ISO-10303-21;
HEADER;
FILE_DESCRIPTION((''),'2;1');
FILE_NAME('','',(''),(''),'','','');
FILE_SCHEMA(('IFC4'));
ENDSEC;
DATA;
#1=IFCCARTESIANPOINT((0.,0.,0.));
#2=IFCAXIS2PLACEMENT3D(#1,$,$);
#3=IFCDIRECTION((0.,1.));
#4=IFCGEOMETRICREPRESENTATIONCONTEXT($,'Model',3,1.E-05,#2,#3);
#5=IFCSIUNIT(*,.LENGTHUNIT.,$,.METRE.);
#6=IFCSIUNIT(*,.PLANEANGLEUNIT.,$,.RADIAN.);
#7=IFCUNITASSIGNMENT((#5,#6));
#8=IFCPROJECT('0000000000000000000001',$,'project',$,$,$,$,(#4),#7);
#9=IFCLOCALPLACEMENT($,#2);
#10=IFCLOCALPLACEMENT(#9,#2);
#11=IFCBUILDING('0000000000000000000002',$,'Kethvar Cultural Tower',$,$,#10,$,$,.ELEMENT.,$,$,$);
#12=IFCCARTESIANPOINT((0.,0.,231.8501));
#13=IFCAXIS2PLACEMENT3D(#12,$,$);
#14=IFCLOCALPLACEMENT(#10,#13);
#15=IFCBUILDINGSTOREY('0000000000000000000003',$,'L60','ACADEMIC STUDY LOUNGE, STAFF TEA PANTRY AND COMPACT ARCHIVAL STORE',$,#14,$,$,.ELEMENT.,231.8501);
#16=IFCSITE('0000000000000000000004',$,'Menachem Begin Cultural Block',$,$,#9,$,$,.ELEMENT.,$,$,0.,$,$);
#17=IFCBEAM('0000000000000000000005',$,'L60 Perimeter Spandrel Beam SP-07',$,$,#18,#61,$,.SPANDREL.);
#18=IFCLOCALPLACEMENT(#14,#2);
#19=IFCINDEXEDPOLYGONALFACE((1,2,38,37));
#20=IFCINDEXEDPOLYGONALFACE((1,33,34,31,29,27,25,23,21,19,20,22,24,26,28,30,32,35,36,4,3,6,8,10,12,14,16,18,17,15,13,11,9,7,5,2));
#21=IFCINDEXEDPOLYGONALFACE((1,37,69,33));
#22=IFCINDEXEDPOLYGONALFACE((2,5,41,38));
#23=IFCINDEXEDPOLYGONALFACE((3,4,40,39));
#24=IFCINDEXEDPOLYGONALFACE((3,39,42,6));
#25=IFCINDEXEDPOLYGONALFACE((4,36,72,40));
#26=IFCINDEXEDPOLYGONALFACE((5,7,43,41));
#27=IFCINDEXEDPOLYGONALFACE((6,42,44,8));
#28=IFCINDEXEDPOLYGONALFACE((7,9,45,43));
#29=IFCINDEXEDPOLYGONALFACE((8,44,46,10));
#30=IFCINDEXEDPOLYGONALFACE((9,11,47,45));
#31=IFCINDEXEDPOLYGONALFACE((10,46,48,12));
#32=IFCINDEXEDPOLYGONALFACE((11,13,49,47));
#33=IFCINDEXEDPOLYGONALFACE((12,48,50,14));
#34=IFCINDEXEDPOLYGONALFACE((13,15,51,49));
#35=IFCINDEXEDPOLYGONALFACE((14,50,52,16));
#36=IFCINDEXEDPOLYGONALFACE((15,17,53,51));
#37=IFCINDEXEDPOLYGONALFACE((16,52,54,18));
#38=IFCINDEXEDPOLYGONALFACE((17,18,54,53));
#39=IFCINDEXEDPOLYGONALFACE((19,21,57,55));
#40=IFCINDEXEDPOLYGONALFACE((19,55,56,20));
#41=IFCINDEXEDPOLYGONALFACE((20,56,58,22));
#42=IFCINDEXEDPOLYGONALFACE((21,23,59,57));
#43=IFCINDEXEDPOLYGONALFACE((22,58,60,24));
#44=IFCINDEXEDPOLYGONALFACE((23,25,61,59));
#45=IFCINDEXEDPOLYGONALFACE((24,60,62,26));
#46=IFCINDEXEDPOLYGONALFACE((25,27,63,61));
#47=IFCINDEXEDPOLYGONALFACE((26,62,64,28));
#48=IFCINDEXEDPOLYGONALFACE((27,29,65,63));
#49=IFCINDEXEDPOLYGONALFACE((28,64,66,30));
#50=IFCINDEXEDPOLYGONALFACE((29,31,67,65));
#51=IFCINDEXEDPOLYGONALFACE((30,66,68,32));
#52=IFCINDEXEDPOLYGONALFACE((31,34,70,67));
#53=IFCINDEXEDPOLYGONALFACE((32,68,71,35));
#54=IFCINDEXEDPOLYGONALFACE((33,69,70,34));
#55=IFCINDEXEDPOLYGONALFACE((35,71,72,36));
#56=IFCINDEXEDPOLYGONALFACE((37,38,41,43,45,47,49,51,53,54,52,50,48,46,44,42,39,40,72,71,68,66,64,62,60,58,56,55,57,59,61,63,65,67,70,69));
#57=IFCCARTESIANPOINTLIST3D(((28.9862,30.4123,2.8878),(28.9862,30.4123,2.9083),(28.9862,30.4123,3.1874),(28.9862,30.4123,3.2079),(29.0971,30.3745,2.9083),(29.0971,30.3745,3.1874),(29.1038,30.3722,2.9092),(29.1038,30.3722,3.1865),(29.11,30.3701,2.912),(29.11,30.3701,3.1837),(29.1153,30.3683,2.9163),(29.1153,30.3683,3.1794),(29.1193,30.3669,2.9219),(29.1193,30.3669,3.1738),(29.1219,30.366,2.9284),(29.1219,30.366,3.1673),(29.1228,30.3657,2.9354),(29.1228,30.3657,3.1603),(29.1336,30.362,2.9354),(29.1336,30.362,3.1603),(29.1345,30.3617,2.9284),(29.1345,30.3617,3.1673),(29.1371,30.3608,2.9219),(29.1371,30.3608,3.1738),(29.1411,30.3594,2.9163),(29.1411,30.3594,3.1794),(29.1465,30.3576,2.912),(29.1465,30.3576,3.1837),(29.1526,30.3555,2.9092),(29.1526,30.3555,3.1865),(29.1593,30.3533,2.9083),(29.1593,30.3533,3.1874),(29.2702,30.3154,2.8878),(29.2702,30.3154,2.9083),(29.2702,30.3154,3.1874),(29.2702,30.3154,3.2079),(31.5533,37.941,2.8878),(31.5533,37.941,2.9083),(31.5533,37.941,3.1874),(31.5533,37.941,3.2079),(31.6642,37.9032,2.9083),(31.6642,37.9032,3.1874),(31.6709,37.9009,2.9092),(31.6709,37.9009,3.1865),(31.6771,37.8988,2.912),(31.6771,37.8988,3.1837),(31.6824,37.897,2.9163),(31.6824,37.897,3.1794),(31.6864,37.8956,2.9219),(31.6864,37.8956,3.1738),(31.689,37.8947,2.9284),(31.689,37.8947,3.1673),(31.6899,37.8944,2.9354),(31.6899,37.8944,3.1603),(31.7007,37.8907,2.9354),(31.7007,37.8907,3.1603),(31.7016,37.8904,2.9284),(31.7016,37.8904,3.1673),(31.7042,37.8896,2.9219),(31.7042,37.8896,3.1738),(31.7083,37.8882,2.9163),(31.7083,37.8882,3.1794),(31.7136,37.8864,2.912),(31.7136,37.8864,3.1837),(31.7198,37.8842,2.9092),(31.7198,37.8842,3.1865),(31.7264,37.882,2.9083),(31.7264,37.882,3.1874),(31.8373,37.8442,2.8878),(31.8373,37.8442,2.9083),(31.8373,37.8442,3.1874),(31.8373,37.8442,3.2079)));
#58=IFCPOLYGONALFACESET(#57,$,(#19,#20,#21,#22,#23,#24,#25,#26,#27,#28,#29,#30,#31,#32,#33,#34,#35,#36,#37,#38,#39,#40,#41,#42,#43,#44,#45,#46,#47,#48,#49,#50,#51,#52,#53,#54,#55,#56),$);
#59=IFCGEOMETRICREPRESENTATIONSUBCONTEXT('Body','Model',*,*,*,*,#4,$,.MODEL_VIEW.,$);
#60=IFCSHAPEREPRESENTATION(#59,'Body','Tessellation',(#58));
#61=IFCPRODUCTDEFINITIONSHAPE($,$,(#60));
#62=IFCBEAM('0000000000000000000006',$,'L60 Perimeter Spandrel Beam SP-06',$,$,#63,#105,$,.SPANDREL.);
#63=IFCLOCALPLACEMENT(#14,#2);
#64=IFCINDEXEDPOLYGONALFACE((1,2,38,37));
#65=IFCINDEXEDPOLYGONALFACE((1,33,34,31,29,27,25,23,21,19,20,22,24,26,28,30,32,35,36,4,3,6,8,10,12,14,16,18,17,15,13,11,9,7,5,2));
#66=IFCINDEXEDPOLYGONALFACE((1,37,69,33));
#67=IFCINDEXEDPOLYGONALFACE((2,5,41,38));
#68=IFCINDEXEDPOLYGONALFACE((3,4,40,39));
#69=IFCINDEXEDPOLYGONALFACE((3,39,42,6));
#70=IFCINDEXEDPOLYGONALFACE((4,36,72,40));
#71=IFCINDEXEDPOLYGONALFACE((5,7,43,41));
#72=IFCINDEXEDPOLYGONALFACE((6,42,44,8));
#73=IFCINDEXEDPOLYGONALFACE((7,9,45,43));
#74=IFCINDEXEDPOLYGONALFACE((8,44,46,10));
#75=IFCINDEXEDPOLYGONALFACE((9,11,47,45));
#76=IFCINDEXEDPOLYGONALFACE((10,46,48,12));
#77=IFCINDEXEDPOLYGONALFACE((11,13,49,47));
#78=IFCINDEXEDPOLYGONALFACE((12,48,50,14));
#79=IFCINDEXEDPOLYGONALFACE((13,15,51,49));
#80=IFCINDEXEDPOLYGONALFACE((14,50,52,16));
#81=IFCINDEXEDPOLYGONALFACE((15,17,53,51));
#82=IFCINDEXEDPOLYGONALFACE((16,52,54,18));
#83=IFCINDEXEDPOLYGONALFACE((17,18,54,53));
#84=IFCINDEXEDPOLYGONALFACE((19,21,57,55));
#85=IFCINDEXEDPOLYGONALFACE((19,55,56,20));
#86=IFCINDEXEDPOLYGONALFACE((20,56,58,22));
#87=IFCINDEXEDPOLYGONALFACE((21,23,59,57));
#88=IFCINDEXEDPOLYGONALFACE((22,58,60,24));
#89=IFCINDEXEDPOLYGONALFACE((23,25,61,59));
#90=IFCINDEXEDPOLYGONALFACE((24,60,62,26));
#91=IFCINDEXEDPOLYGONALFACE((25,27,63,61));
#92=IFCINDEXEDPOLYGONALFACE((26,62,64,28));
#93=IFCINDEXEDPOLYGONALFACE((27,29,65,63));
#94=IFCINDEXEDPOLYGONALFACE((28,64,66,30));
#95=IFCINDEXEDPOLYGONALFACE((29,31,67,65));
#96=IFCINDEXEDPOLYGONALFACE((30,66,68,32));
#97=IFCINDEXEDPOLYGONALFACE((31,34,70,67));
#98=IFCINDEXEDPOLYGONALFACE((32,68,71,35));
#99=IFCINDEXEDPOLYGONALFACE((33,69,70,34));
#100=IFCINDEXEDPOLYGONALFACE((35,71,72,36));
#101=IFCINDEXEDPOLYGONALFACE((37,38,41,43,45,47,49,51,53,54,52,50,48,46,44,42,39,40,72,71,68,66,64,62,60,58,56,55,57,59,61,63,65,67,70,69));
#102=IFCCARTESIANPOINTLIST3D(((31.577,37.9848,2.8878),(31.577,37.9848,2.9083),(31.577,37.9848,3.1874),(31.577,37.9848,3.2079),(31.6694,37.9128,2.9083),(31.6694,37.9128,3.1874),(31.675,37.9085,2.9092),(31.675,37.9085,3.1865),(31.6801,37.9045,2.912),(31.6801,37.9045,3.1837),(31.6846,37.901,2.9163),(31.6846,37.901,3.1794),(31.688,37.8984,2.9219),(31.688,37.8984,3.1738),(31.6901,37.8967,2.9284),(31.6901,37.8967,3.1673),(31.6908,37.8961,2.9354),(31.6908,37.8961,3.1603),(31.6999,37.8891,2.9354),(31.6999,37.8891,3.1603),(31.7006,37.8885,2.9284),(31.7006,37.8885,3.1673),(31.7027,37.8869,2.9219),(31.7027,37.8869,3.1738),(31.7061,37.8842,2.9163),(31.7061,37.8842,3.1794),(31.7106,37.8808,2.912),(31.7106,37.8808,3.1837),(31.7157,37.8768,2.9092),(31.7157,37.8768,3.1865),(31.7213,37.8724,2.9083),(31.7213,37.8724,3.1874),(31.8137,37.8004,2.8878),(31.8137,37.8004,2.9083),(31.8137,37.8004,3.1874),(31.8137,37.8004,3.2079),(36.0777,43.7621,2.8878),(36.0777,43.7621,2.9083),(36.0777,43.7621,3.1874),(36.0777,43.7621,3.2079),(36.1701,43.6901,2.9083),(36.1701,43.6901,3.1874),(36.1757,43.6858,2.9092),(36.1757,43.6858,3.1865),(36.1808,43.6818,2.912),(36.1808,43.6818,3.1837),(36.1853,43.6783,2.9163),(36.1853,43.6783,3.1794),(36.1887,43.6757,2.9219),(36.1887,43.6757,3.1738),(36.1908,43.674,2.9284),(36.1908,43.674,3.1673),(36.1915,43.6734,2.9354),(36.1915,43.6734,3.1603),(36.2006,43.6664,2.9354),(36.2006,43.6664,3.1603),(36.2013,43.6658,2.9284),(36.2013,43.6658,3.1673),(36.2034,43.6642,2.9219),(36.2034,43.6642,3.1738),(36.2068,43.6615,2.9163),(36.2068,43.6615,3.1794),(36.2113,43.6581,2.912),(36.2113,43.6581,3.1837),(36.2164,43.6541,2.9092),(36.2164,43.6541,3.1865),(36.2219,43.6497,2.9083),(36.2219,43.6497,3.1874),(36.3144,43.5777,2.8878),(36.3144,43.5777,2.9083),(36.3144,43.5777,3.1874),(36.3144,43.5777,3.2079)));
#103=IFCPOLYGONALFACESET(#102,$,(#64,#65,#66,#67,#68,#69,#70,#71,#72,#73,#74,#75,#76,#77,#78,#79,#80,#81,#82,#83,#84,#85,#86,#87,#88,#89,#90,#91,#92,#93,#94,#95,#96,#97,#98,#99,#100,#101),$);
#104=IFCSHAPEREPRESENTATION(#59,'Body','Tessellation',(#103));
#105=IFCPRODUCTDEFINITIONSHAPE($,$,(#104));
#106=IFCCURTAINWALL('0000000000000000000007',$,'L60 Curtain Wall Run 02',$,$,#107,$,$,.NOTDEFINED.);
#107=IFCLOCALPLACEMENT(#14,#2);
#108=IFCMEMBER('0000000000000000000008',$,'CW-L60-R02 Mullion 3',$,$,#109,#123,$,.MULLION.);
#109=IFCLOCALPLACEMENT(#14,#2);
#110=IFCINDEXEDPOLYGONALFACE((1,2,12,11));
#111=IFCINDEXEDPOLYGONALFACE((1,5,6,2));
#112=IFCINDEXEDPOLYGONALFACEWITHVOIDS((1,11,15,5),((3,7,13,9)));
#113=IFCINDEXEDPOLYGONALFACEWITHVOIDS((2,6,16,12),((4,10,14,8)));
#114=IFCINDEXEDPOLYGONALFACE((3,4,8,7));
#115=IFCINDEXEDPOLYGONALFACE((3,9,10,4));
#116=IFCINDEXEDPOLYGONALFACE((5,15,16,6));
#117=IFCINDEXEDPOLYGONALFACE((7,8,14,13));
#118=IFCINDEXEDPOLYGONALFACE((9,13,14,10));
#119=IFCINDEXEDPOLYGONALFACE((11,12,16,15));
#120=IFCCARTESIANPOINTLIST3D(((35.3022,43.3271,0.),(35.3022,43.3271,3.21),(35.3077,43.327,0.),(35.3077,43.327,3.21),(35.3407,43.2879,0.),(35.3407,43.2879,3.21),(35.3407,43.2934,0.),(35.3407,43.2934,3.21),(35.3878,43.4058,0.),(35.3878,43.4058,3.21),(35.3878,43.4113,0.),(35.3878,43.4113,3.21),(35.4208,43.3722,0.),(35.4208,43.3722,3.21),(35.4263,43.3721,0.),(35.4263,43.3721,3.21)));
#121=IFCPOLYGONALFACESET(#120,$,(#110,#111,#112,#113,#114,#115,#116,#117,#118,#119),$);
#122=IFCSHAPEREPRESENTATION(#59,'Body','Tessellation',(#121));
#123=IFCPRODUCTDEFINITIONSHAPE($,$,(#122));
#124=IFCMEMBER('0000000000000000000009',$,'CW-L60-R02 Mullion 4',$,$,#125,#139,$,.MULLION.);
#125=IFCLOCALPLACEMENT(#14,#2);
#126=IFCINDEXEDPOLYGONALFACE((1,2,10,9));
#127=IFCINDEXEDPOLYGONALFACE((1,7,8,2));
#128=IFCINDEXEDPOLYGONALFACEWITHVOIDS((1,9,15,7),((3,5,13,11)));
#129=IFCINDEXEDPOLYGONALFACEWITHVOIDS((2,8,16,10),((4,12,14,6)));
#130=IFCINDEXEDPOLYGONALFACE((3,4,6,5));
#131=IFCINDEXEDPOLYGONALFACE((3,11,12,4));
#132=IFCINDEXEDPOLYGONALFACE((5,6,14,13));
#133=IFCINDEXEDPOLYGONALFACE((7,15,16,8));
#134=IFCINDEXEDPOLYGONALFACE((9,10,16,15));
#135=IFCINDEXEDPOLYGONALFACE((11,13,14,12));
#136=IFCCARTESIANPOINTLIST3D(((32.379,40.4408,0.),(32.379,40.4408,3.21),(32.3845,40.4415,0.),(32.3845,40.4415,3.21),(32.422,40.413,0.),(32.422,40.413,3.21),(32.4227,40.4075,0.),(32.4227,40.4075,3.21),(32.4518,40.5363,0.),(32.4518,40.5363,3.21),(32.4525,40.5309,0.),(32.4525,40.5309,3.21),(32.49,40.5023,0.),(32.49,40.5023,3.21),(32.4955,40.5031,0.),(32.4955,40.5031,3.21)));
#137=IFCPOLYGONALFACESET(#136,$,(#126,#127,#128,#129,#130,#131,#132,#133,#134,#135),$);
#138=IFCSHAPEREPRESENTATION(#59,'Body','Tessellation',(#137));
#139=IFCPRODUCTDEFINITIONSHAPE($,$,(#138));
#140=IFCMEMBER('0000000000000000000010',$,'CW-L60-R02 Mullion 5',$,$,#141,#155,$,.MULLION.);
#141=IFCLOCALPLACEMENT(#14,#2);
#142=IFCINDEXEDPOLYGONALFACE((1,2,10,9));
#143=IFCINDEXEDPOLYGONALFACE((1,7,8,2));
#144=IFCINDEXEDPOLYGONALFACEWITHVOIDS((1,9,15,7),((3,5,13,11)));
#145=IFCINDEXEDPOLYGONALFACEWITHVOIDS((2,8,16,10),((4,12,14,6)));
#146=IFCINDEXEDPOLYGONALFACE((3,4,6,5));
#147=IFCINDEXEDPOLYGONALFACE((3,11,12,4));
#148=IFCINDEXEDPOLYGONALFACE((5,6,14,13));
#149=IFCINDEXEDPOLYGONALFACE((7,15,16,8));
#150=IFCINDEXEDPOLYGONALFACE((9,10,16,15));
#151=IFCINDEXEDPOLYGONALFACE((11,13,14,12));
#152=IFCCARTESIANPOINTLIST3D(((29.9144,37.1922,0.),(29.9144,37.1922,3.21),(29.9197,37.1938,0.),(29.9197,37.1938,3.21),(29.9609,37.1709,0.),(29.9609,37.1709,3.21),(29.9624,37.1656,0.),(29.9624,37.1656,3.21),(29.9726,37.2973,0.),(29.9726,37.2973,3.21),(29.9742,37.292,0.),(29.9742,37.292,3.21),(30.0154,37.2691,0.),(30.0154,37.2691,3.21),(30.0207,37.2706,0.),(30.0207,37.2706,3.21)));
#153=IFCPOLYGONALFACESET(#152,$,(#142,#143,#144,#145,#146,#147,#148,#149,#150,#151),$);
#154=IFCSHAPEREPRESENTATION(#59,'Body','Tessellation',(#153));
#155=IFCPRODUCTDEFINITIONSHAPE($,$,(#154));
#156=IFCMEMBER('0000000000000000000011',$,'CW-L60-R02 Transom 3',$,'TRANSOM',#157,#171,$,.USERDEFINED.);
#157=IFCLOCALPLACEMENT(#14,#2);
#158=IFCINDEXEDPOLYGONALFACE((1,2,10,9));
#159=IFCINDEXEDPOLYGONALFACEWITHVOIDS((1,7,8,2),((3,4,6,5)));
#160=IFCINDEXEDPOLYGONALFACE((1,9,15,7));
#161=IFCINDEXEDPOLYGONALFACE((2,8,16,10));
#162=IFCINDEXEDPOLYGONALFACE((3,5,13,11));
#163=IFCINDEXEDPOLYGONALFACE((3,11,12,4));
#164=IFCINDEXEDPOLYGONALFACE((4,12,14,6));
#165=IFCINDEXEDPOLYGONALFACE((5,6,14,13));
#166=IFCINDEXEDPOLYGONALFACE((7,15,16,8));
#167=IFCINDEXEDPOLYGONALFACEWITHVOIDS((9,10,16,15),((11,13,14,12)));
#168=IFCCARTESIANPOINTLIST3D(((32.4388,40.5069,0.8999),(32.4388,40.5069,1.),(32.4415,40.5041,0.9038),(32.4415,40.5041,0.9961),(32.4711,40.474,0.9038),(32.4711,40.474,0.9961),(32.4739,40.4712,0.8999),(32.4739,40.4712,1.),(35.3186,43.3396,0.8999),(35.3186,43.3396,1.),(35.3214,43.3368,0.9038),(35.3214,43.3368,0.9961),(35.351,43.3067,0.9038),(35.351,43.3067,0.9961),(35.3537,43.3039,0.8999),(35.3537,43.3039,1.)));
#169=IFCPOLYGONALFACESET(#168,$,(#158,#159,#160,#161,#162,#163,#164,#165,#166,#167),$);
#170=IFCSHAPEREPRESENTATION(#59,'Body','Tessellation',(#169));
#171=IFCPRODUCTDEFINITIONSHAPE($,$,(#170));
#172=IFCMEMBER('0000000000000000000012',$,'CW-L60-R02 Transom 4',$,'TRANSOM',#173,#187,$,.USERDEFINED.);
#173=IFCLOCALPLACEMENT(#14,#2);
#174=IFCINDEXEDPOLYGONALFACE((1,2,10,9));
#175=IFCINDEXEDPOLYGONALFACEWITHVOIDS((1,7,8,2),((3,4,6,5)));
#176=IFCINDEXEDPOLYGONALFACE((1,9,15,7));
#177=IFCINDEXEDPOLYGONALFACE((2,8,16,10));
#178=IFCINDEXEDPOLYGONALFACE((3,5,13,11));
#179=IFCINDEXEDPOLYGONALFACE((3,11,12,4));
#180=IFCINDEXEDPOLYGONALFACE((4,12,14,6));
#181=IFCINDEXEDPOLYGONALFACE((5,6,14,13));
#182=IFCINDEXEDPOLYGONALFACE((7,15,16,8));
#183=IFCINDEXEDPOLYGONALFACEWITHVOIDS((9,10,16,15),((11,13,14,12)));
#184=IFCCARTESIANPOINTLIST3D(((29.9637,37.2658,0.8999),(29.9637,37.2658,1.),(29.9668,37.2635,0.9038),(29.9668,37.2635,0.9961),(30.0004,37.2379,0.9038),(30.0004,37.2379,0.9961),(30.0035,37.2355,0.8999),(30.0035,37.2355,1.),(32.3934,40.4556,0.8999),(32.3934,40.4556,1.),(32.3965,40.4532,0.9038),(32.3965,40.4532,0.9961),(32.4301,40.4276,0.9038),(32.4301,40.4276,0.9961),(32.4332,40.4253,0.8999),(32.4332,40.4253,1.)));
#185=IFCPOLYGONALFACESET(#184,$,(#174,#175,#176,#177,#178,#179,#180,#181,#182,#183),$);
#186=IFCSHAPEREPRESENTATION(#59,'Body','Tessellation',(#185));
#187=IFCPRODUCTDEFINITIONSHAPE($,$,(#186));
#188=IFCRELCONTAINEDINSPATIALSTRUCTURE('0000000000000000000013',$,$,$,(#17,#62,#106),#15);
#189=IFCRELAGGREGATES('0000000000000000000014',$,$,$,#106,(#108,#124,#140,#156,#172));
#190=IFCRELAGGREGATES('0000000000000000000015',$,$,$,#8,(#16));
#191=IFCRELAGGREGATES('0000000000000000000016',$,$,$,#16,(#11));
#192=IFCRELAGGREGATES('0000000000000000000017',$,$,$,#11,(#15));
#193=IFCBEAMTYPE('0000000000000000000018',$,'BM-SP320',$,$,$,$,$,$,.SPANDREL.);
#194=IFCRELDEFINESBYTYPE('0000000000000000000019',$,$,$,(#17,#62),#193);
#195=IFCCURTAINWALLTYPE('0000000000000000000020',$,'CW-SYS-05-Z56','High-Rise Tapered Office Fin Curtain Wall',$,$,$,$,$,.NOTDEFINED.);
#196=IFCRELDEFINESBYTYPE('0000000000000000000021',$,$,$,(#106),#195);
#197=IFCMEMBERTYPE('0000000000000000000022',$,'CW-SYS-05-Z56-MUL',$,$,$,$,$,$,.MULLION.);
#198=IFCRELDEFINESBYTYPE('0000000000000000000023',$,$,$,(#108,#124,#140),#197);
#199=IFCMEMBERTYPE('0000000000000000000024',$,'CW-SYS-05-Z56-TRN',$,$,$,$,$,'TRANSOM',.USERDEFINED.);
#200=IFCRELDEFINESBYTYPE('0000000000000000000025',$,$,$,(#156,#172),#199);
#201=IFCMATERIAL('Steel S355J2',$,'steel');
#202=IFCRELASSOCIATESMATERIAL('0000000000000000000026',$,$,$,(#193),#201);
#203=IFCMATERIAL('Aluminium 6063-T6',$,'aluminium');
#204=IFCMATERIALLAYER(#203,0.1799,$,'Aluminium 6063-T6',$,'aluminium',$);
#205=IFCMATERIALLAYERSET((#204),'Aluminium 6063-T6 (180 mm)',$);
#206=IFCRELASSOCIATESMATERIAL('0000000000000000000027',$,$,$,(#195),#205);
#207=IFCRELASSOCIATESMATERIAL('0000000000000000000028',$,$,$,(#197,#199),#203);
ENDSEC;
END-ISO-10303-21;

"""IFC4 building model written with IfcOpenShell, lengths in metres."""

from ifc_helpers import new_model, si_unit, direction, frame, origin, origin_2d, place, context, subcontext, project, spatial, hollow_rectangle, i_section, extrude, source, transform, mapped, material, layer, layer_set, material_profile, profile_set, type_object, element, aggregate, save


model = new_model("IFC4")

# Units and contexts
model_context = context("Model", 3, precision=1e-05, world=origin(), true_north=direction((0.0, 1.0)))
body_context = subcontext(model_context, "Body", "Model", "MODEL_VIEW")
ifc_project = project(units=[si_unit("LENGTHUNIT", "METRE"), si_unit("PLANEANGLEUNIT", "RADIAN")], contexts=[model_context])

# Site, building, storey
site_placement = place(None, origin())
site = spatial("IfcSite", under=ifc_project, at=site_placement, Name="Menachem Begin Cultural Block", CompositionType="ELEMENT", RefElevation=0.0)
building_placement = place(site_placement, origin())
building = spatial("IfcBuilding", under=site, at=building_placement, Name="Kethvar Cultural Tower", CompositionType="ELEMENT")
storey_placement = place(building_placement, frame((0.0, 0.0, 231.8501)))
storey = spatial("IfcBuildingStorey", under=building, at=storey_placement, Name="L60", Description="ACADEMIC STUDY LOUNGE, STAFF TEA PANTRY AND COMPACT ARCHIVAL STORE", CompositionType="ELEMENT", Elevation=231.8501)

# Beams
ifc_material_1 = material(Name="Steel S355J2", Category="steel")
ifc_material_profile_1 = material_profile(ifc_material_1, i_section(OverallWidth=0.3, OverallDepth=0.3201, WebThickness=0.0115, FlangeThickness=0.0205, FilletRadius=0.0271, at=origin_2d()), Name="Steel S355J2 — HEB320")
ifc_profile_set_1 = profile_set([ifc_material_profile_1], Name="Steel S355J2 — HEB320")
beam_type_1 = type_object("IfcBeamType", Name="BM-SP320", PredefinedType="SPANDREL", material=ifc_profile_set_1)
shared_shape_1 = source(origin(), body_context, "Body", "SweptSolid", [
    extrude(i_section(OverallWidth=0.3, OverallDepth=0.3201, WebThickness=0.0115, FlangeThickness=0.0205, FilletRadius=0.0271, at=origin_2d()), origin(), (0.0, 0.0, 1.0), 7.9543),
])
beam_1_placement = place(storey_placement, frame((31.6953, 37.8926, 3.0479), z_axis=(-0.32273, -0.946491, 0.0), x_axis=(0.946491, -0.32273, 0.0)))
element("IfcBeam", 1, at=beam_1_placement, inside=storey, type_object=beam_type_1, Name="L60 Perimeter Spandrel Beam SP-07", PredefinedType="SPANDREL", context=body_context, shape_type="MappedRepresentation", body=[
    mapped(shared_shape_1, transform((0.0, 0.0, 0.0), scale=1.0)),
])
shared_shape_2 = source(origin(), body_context, "Body", "SweptSolid", [
    extrude(i_section(OverallWidth=0.3, OverallDepth=0.3201, WebThickness=0.0115, FlangeThickness=0.0205, FilletRadius=0.0271, at=origin_2d()), origin(), (0.0, 0.0, 1.0), 7.3235),
])
beam_2_placement = place(storey_placement, frame((36.196, 43.6699, 3.0479), z_axis=(-0.614557, -0.788873, 0.0), x_axis=(0.788873, -0.614557, 0.0)))
element("IfcBeam", 2, at=beam_2_placement, inside=storey, type_object=beam_type_1, Name="L60 Perimeter Spandrel Beam SP-06", PredefinedType="SPANDREL", context=body_context, shape_type="MappedRepresentation", body=[
    mapped(shared_shape_2, transform((0.0, 0.0, 0.0), scale=1.0)),
])

# Curtain wall, members
ifc_material_2 = material(Name="Aluminium 6063-T6", Category="aluminium")
ifc_layer_1 = layer(ifc_material_2, 0.1799, Name="Aluminium 6063-T6", Category="aluminium")
ifc_layer_set_1 = layer_set([ifc_layer_1], Name="Aluminium 6063-T6 (180 mm)")
curtain_wall_type = type_object("IfcCurtainWallType", Name="CW-SYS-05-Z56", Description="High-Rise Tapered Office Fin Curtain Wall", PredefinedType="NOTDEFINED", material=ifc_layer_set_1)
curtain_wall_placement = place(storey_placement, origin())
curtain_wall = element("IfcCurtainWall", 3, at=curtain_wall_placement, inside=storey, type_object=curtain_wall_type, Name="L60 Curtain Wall Run 02", PredefinedType="NOTDEFINED")
ifc_material_profile_2 = material_profile(ifc_material_2, hollow_rectangle(XDim=0.0549, YDim=0.1201, WallThickness=0.0039, at=origin_2d()), Name="Aluminium 6063-T6 — RHS120x55x4")
ifc_profile_set_2 = profile_set([ifc_material_profile_2], Name="Aluminium 6063-T6 — RHS120x55x4")
member_type_1 = type_object("IfcMemberType", Name="CW-SYS-05-Z56-MUL", PredefinedType="MULLION", material=ifc_profile_set_2)
shared_shape_3 = source(origin(), body_context, "Body", "SweptSolid", [
    extrude(hollow_rectangle(XDim=0.0549, YDim=0.1201, WallThickness=0.0039, at=origin_2d()), origin(), (0.0, 0.0, 1.0), 3.21),
])
member_1_placement = place(storey_placement, frame((35.3643, 43.3496, 0.0), z_axis=(0.0, 0.0, 1.0), x_axis=(0.701258, -0.712908, 0.0)))
member_1 = element("IfcMember", 4, at=member_1_placement, type_object=member_type_1, Name="CW-L60-R02 Mullion 3", PredefinedType="MULLION", context=body_context, shape_type="MappedRepresentation", body=[
    mapped(shared_shape_3, transform((0.0, 0.0, 0.0), scale=1.0)),
])
member_2_placement = place(storey_placement, frame((32.4373, 40.4719, 0.0), z_axis=(0.0, 0.0, 1.0), x_axis=(0.795484, -0.605975, 0.0)))
member_2 = element("IfcMember", 5, at=member_2_placement, type_object=member_type_1, Name="CW-L60-R02 Mullion 4", PredefinedType="MULLION", context=body_context, shape_type="MappedRepresentation", body=[
    mapped(shared_shape_3, transform((0.0, 0.0, 0.0), scale=1.0)),
])
member_3_placement = place(storey_placement, frame((29.9675, 37.2314, 0.0), z_axis=(0.0, 0.0, 1.0), x_axis=(0.874527, -0.484978, 0.0)))
member_3 = element("IfcMember", 6, at=member_3_placement, type_object=member_type_1, Name="CW-L60-R02 Mullion 5", PredefinedType="MULLION", context=body_context, shape_type="MappedRepresentation", body=[
    mapped(shared_shape_3, transform((0.0, 0.0, 0.0), scale=1.0)),
])
ifc_material_profile_3 = material_profile(ifc_material_2, hollow_rectangle(XDim=0.05, YDim=0.1001, WallThickness=0.0039, at=origin_2d()), Name="Aluminium 6063-T6 — RHS100x50x4")
ifc_profile_set_3 = profile_set([ifc_material_profile_3], Name="Aluminium 6063-T6 — RHS100x50x4")
member_type_2 = type_object("IfcMemberType", Name="CW-SYS-05-Z56-TRN", ElementType="TRANSOM", PredefinedType="USERDEFINED", material=ifc_profile_set_3)
shared_shape_4 = source(origin(), body_context, "Body", "SweptSolid", [
    extrude(hollow_rectangle(XDim=0.05, YDim=0.1001, WallThickness=0.0039, at=origin_2d()), origin(), (0.0, 0.0, 1.0), 4.0396),
])
member_4_placement = place(storey_placement, frame((35.3362, 43.3218, 0.95), z_axis=(-0.712915, -0.701251, 0.0), x_axis=(0.701251, -0.712915, 0.0)))
member_4 = element("IfcMember", 7, at=member_4_placement, type_object=member_type_2, Name="CW-L60-R02 Transom 3", ObjectType="TRANSOM", PredefinedType="USERDEFINED", context=body_context, shape_type="MappedRepresentation", body=[
    mapped(shared_shape_4, transform((0.0, 0.0, 0.0), scale=1.0)),
])
shared_shape_5 = source(origin(), body_context, "Body", "SweptSolid", [
    extrude(hollow_rectangle(XDim=0.05, YDim=0.1001, WallThickness=0.0039, at=origin_2d()), origin(), (0.0, 0.0, 1.0), 4.0098),
])
member_5_placement = place(storey_placement, frame((32.4133, 40.4404, 0.95), z_axis=(-0.605955, -0.795499, 0.0), x_axis=(0.795499, -0.605955, 0.0)))
member_5 = element("IfcMember", 8, at=member_5_placement, type_object=member_type_2, Name="CW-L60-R02 Transom 4", ObjectType="TRANSOM", PredefinedType="USERDEFINED", context=body_context, shape_type="MappedRepresentation", body=[
    mapped(shared_shape_5, transform((0.0, 0.0, 0.0), scale=1.0)),
])
aggregate(curtain_wall, [member_1, member_2, member_3, member_4, member_5])

save(model, "model.ifc")
